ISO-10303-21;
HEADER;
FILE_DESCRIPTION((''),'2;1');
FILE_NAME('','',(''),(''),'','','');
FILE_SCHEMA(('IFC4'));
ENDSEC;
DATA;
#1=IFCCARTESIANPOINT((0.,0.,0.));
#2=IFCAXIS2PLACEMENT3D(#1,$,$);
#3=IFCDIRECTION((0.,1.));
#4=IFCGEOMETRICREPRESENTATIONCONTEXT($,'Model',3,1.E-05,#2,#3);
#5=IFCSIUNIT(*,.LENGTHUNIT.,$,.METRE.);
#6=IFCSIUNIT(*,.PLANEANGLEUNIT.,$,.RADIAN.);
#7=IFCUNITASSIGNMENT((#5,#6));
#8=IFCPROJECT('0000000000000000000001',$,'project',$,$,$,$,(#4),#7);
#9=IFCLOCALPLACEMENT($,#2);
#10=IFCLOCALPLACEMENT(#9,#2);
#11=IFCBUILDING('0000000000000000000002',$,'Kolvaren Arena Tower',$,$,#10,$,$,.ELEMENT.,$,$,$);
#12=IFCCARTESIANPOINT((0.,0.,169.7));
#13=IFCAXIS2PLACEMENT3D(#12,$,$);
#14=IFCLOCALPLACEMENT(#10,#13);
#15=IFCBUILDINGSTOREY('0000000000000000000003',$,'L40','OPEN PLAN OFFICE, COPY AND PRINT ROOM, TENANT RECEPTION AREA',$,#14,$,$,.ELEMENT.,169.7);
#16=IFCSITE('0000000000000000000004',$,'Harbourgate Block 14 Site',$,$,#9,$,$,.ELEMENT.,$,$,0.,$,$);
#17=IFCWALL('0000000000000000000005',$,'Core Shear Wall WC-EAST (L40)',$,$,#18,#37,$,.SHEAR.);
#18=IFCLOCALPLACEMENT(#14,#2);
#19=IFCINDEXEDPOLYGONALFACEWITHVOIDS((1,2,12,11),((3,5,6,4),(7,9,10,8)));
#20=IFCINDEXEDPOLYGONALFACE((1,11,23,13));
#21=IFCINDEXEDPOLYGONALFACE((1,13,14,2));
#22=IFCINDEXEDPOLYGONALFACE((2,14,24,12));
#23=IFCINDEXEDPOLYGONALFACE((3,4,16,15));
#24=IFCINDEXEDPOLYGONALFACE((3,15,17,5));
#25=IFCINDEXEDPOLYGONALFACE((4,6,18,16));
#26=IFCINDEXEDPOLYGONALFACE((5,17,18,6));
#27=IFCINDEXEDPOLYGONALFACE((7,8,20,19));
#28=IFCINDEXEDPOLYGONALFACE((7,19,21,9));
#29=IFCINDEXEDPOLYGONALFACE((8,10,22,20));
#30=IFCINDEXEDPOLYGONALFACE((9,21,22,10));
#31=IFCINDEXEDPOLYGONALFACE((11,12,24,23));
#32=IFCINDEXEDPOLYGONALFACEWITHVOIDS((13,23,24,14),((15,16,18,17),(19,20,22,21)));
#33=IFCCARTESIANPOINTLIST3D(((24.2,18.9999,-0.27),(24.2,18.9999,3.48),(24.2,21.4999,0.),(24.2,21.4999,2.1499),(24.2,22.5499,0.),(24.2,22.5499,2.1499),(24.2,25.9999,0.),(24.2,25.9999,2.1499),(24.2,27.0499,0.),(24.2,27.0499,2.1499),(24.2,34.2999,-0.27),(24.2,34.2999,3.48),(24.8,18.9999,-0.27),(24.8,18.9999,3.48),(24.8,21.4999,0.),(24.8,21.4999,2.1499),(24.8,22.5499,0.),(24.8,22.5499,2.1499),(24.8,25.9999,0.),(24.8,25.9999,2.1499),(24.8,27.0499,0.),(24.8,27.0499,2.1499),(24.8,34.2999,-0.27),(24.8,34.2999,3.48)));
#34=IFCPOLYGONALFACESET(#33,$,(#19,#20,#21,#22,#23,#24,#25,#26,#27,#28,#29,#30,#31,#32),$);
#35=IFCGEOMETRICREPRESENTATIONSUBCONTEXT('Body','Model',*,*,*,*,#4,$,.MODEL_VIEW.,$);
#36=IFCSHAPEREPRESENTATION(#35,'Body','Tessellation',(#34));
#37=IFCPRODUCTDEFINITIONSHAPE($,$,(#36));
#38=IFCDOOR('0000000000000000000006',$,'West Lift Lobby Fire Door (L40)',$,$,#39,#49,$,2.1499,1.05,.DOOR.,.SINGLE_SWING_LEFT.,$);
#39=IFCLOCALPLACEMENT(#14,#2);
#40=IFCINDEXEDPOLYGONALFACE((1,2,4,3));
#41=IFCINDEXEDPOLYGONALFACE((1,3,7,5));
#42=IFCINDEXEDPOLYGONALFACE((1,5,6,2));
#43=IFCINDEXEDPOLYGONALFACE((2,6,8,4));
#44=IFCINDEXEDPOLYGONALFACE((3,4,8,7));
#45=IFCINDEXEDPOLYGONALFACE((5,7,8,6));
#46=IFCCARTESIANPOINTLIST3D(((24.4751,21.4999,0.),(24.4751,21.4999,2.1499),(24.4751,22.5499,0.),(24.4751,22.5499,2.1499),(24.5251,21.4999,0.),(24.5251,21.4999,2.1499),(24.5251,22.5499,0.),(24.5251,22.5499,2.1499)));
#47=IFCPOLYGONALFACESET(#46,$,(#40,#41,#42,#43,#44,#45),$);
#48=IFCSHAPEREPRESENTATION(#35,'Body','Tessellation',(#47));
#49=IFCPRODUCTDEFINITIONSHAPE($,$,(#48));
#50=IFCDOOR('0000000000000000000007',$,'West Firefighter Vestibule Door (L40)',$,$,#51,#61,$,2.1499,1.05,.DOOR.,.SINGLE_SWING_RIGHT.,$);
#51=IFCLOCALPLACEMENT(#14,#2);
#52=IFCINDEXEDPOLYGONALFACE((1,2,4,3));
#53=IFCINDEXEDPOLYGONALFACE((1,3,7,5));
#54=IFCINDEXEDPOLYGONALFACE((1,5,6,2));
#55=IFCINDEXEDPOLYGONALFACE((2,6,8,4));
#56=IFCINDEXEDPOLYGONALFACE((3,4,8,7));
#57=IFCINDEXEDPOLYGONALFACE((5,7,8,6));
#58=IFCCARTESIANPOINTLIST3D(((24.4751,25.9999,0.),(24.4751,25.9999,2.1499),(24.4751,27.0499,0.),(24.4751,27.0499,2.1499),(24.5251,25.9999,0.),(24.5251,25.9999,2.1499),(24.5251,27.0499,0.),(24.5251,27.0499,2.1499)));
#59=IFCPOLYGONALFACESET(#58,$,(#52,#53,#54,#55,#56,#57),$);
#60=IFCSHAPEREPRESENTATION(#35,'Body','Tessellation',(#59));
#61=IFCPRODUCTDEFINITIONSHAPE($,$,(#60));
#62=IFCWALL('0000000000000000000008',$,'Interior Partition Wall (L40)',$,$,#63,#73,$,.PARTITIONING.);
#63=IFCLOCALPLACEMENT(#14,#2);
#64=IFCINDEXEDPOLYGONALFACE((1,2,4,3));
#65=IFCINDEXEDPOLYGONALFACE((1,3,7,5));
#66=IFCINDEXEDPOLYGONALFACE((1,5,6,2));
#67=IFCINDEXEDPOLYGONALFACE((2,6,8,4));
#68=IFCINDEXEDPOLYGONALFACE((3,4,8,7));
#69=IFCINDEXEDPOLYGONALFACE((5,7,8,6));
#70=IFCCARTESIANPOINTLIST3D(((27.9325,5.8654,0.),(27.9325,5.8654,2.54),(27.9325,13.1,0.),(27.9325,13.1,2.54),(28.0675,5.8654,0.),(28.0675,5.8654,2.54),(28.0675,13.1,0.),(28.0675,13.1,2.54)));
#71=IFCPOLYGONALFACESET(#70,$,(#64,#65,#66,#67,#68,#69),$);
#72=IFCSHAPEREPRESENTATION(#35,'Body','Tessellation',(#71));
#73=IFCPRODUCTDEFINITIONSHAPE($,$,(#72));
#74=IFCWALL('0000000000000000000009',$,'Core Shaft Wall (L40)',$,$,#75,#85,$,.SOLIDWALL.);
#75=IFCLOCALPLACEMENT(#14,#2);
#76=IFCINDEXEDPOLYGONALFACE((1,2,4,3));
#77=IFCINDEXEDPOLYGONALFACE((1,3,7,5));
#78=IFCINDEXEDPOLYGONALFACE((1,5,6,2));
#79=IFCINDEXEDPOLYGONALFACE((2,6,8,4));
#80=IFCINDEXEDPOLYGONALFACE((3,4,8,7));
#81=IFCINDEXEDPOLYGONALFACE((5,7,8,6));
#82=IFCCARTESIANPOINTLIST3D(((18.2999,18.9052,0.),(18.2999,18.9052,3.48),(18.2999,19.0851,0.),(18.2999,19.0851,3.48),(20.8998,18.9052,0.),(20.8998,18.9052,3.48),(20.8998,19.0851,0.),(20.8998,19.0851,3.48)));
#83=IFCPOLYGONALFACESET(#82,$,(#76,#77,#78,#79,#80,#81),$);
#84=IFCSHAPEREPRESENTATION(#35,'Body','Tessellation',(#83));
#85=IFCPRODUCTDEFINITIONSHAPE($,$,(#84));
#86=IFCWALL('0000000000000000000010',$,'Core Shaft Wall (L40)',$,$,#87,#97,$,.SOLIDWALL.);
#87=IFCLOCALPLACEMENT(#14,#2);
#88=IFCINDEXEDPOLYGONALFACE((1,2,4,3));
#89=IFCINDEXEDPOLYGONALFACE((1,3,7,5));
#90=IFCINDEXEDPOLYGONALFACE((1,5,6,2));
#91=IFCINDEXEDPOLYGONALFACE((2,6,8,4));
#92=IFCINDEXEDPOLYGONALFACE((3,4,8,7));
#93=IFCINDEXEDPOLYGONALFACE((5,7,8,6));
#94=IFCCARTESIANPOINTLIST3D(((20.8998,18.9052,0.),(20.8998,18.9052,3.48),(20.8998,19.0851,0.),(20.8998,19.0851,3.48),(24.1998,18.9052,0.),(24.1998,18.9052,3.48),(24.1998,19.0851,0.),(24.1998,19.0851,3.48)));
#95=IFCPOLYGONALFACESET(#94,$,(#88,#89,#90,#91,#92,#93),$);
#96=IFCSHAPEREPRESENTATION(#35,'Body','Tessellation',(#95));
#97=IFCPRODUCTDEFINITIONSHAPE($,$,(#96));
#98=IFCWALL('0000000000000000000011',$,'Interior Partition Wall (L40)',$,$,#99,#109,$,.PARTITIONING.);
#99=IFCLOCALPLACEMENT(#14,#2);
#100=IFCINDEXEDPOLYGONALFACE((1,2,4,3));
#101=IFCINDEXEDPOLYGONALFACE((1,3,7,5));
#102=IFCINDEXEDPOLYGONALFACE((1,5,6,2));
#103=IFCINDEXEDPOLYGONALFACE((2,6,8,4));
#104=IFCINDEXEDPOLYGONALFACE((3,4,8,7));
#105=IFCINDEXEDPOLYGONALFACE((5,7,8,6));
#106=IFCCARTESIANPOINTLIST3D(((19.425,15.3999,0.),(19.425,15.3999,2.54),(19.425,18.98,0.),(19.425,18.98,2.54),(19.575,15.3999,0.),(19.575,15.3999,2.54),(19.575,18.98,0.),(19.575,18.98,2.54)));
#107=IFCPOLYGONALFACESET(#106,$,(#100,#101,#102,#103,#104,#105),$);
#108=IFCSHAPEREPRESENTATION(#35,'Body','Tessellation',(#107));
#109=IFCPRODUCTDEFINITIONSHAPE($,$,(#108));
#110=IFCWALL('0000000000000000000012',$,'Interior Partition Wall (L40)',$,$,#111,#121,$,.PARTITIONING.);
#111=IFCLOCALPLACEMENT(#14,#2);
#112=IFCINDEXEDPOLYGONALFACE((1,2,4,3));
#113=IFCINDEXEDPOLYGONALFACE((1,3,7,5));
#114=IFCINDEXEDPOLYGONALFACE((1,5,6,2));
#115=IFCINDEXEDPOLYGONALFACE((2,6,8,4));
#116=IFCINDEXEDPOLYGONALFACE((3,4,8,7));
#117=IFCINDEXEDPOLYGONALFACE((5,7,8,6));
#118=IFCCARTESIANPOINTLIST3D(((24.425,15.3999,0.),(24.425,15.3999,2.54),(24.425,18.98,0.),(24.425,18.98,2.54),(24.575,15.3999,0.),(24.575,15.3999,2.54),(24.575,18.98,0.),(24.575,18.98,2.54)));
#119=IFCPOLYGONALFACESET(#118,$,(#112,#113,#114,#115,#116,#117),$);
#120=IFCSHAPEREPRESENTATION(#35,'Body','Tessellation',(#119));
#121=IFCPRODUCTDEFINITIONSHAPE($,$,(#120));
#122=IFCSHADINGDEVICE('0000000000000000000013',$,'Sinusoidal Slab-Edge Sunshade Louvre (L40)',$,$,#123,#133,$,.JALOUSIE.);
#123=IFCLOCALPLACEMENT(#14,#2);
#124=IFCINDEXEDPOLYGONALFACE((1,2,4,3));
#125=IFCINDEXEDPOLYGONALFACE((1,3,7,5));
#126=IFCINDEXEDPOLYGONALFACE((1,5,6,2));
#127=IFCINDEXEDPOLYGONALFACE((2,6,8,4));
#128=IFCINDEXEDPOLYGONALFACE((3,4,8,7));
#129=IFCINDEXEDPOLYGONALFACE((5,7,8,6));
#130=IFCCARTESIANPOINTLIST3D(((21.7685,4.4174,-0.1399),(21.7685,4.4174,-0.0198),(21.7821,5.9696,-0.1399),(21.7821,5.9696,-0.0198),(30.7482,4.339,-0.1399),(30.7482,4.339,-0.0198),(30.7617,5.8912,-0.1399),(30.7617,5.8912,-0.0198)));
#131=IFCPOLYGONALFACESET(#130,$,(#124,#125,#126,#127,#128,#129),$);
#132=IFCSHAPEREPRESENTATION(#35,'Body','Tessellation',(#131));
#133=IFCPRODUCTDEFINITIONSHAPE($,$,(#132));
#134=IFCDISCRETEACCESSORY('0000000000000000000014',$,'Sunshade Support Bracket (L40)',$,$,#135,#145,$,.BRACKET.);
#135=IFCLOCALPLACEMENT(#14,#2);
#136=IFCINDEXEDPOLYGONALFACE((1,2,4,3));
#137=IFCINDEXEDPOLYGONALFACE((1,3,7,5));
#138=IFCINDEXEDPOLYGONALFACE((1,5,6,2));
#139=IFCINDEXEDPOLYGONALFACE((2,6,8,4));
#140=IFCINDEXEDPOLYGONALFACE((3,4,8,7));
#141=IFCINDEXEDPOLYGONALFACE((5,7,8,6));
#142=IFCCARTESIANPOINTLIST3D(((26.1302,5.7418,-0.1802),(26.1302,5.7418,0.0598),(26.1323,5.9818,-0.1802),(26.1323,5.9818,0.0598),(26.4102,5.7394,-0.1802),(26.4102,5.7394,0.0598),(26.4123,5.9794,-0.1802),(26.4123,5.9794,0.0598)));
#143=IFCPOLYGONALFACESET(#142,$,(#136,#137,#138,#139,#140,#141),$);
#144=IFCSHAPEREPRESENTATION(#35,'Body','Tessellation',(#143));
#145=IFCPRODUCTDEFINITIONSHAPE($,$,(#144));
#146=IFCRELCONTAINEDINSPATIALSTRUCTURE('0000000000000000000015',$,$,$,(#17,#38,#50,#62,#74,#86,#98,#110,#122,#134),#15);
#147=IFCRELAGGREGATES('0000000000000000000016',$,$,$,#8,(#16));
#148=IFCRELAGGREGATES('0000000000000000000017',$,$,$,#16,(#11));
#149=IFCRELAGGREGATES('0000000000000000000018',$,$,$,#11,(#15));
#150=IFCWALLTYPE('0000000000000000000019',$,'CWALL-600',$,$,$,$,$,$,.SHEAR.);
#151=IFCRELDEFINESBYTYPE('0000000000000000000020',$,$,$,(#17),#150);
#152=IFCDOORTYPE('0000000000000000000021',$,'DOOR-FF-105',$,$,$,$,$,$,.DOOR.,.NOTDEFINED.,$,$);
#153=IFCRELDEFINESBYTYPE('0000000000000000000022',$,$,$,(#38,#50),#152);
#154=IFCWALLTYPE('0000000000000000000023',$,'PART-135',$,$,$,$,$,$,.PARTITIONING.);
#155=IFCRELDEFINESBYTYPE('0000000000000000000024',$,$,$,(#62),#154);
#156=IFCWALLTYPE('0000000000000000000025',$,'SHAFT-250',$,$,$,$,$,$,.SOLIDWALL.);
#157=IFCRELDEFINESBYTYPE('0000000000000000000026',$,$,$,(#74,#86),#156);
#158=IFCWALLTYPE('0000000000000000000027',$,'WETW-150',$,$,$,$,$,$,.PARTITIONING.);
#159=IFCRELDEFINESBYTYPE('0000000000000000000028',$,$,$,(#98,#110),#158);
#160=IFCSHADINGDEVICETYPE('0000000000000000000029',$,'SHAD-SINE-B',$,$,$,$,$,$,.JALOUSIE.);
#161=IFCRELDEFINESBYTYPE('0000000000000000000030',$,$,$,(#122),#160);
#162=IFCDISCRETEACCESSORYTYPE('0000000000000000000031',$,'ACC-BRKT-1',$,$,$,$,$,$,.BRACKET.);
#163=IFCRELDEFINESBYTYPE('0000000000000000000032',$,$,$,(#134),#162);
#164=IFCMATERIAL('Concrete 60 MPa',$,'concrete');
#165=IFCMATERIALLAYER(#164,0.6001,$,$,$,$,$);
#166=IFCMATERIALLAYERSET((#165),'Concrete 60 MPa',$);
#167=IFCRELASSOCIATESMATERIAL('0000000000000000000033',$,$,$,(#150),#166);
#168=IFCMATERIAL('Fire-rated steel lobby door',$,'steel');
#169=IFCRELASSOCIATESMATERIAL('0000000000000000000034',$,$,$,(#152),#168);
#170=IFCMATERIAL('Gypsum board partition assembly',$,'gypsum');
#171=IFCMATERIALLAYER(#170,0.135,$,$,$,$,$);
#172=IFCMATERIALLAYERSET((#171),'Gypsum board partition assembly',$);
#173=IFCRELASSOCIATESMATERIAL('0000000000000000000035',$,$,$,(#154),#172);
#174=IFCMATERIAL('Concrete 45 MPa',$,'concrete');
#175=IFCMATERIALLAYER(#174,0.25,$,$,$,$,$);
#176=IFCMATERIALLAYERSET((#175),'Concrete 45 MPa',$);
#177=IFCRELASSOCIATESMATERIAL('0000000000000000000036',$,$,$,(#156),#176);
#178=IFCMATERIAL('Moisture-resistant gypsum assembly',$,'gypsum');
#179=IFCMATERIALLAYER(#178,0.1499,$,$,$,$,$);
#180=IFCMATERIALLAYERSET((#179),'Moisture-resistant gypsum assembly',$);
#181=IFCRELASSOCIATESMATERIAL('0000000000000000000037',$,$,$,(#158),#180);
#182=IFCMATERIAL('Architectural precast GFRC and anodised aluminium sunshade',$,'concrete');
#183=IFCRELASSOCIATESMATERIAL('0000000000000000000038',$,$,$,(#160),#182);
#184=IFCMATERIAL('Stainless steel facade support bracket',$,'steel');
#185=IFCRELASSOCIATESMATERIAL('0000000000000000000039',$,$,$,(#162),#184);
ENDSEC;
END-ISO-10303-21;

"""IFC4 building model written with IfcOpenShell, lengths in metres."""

from ifc_helpers import new_model, si_unit, direction, frame, frame_2d, origin, origin_2d, place, context, subcontext, project, spatial, rectangle, extrude, material, layer, layer_set, type_object, element, fill, save


model = new_model("IFC4")

# Units and contexts
model_context = context("Model", 3, precision=1e-05, world=origin(), true_north=direction((0.0, 1.0)))
body_context = subcontext(model_context, "Body", "Model", "MODEL_VIEW")
ifc_project = project(units=[si_unit("LENGTHUNIT", "METRE"), si_unit("PLANEANGLEUNIT", "RADIAN")], contexts=[model_context])

# Site, building, storey
site_placement = place(None, origin())
site = spatial("IfcSite", under=ifc_project, at=site_placement, Name="Harbourgate Block 14 Site", CompositionType="ELEMENT", RefElevation=0.0)
building_placement = place(site_placement, origin())
building = spatial("IfcBuilding", under=site, at=building_placement, Name="Kolvaren Arena Tower", CompositionType="ELEMENT")
storey_placement = place(building_placement, frame((0.0, 0.0, 169.7)))
storey = spatial("IfcBuildingStorey", under=building, at=storey_placement, Name="L40", Description="OPEN PLAN OFFICE, COPY AND PRINT ROOM, TENANT RECEPTION AREA", CompositionType="ELEMENT", Elevation=169.7)

# Wall, openings, doors
ifc_material_1 = material(Name="Concrete 60 MPa", Category="concrete")
ifc_layer_1 = layer(ifc_material_1, 0.6001)
ifc_layer_set_1 = layer_set([ifc_layer_1], Name="Concrete 60 MPa")
wall_type_1 = type_object("IfcWallType", Name="CWALL-600", PredefinedType="SHEAR", material=ifc_layer_set_1)
wall_1_placement = place(storey_placement, frame((24.5, 19.0, -0.27), z_axis=(0.0, 0.0, 1.0), x_axis=(0.0, 1.0, 0.0)))
wall_1 = element("IfcWall", 1, at=wall_1_placement, inside=storey, type_object=wall_type_1, Name="Core Shear Wall WC-EAST (L40)", PredefinedType="SHEAR", context=body_context, shape_type="SweptSolid", body=[
    extrude(rectangle(XDim=15.3, YDim=0.6001, at=frame_2d((7.6499, 0.0))), origin(), (0.0, 0.0, 1.0), 3.75),
])
opening_1_placement = place(wall_1_placement, frame((2.5, 0.0, 0.27)))
opening_1 = element("IfcOpeningElement", 2, at=opening_1_placement, cuts=wall_1, PredefinedType="OPENING", context=body_context, shape_type="SweptSolid", body=[
    extrude(rectangle(XDim=1.05, YDim=2.1499, at=frame_2d((0.5249, 1.075))), frame((0.0, 0.3101, 0.0), z_axis=(0.0, -1.0, 0.0), x_axis=(1.0, 0.0, 0.0)), (0.0, 0.0, 1.0), 0.6201),
])
opening_2_placement = place(wall_1_placement, frame((7.0, 0.0, 0.27)))
opening_2 = element("IfcOpeningElement", 3, at=opening_2_placement, cuts=wall_1, PredefinedType="OPENING", context=body_context, shape_type="SweptSolid", body=[
    extrude(rectangle(XDim=1.05, YDim=2.1499, at=frame_2d((0.5249, 1.075))), frame((0.0, 0.3101, 0.0), z_axis=(0.0, -1.0, 0.0), x_axis=(1.0, 0.0, 0.0)), (0.0, 0.0, 1.0), 0.6201),
])
ifc_material_2 = material(Name="Fire-rated steel lobby door", Category="steel")
door_type_1 = type_object("IfcDoorType", Name="DOOR-FF-105", OperationType="NOTDEFINED", PredefinedType="DOOR", material=ifc_material_2)
door_1_placement = place(opening_1_placement, origin())
door_1 = element("IfcDoor", 4, at=door_1_placement, inside=storey, type_object=door_type_1, Name="West Lift Lobby Fire Door (L40)", OperationType="SINGLE_SWING_LEFT", OverallHeight=2.1499, OverallWidth=1.05, PredefinedType="DOOR", context=body_context, shape_type="SweptSolid", body=[
    extrude(rectangle(XDim=1.05, YDim=2.1499, at=frame_2d((0.5249, 1.075))), frame((0.0, 0.0249, 0.0), z_axis=(0.0, -1.0, 0.0), x_axis=(1.0, 0.0, 0.0)), (0.0, 0.0, 1.0), 0.05),
])
fill(opening_1, door_1)
door_2_placement = place(opening_2_placement, origin())
door_2 = element("IfcDoor", 5, at=door_2_placement, inside=storey, type_object=door_type_1, Name="West Firefighter Vestibule Door (L40)", OperationType="SINGLE_SWING_RIGHT", OverallHeight=2.1499, OverallWidth=1.05, PredefinedType="DOOR", context=body_context, shape_type="SweptSolid", body=[
    extrude(rectangle(XDim=1.05, YDim=2.1499, at=frame_2d((0.5249, 1.075))), frame((0.0, 0.0249, 0.0), z_axis=(0.0, -1.0, 0.0), x_axis=(1.0, 0.0, 0.0)), (0.0, 0.0, 1.0), 0.05),
])
fill(opening_2, door_2)

# Walls
ifc_material_3 = material(Name="Gypsum board partition assembly", Category="gypsum")
ifc_layer_2 = layer(ifc_material_3, 0.135)
ifc_layer_set_2 = layer_set([ifc_layer_2], Name="Gypsum board partition assembly")
wall_type_2 = type_object("IfcWallType", Name="PART-135", PredefinedType="PARTITIONING", material=ifc_layer_set_2)
wall_2_placement = place(storey_placement, frame((28.0, 5.8655, 0.0), z_axis=(0.0, 0.0, 1.0), x_axis=(0.0, 1.0, 0.0)))
element("IfcWall", 6, at=wall_2_placement, inside=storey, type_object=wall_type_2, Name="Interior Partition Wall (L40)", PredefinedType="PARTITIONING", context=body_context, shape_type="SweptSolid", body=[
    extrude(rectangle(XDim=7.2346, YDim=0.135, at=frame_2d((3.6172, 0.0))), origin(), (0.0, 0.0, 1.0), 2.54),
])
ifc_material_4 = material(Name="Concrete 45 MPa", Category="concrete")
ifc_layer_3 = layer(ifc_material_4, 0.25)
ifc_layer_set_3 = layer_set([ifc_layer_3], Name="Concrete 45 MPa")
wall_type_3 = type_object("IfcWallType", Name="SHAFT-250", PredefinedType="SOLIDWALL", material=ifc_layer_set_3)
wall_3_placement = place(storey_placement, frame((18.3, 18.9951, 0.0), z_axis=(0.0, 0.0, 1.0), x_axis=(1.0, 0.0, 0.0)))
element("IfcWall", 7, at=wall_3_placement, inside=storey, type_object=wall_type_3, Name="Core Shaft Wall (L40)", PredefinedType="SOLIDWALL", context=body_context, shape_type="SweptSolid", body=[
    extrude(rectangle(XDim=2.5999, YDim=0.1799, at=frame_2d((1.2998, 0.0))), origin(), (0.0, 0.0, 1.0), 3.48),
])
wall_4_placement = place(storey_placement, frame((20.8999, 18.9951, 0.0), z_axis=(0.0, 0.0, 1.0), x_axis=(1.0, 0.0, 0.0)))
element("IfcWall", 8, at=wall_4_placement, inside=storey, type_object=wall_type_3, Name="Core Shaft Wall (L40)", PredefinedType="SOLIDWALL", context=body_context, shape_type="SweptSolid", body=[
    extrude(rectangle(XDim=3.3, YDim=0.1799, at=frame_2d((1.6499, 0.0))), origin(), (0.0, 0.0, 1.0), 3.48),
])
ifc_material_5 = material(Name="Moisture-resistant gypsum assembly", Category="gypsum")
ifc_layer_4 = layer(ifc_material_5, 0.1499)
ifc_layer_set_4 = layer_set([ifc_layer_4], Name="Moisture-resistant gypsum assembly")
wall_type_4 = type_object("IfcWallType", Name="WETW-150", PredefinedType="PARTITIONING", material=ifc_layer_set_4)
for number, where, z_axis, x_axis, name in (
    (9, (19.5, 15.3999, 0.0), (0.0, 0.0, 1.0), (0.0, 1.0, 0.0), "Interior Partition Wall (L40)"),
    (10, (24.5, 15.3999, 0.0), (0.0, 0.0, 1.0), (0.0, 1.0, 0.0), "Interior Partition Wall (L40)"),
):
    element("IfcWall", number, at=place(storey_placement, frame(where, z_axis=z_axis, x_axis=x_axis)), inside=storey, type_object=wall_type_4, Name=name, PredefinedType="PARTITIONING", context=body_context, shape_type="SweptSolid", body=[
        extrude(rectangle(XDim=3.5801, YDim=0.1499, at=frame_2d((1.79, 0.0))), origin(), (0.0, 0.0, 1.0), 2.54),
    ])

# Shading device
ifc_material_6 = material(Name="Architectural precast GFRC and anodised aluminium sunshade", Category="concrete")
shading_device_type = type_object("IfcShadingDeviceType", Name="SHAD-SINE-B", PredefinedType="JALOUSIE", material=ifc_material_6)
shading_device_placement = place(storey_placement, frame((26.2651, 5.1543, -0.1399), z_axis=(0.0, 0.0, 1.0), x_axis=(-0.999962, 0.008727, 0.0)))
element("IfcShadingDevice", 11, at=shading_device_placement, inside=storey, type_object=shading_device_type, Name="Sinusoidal Slab-Edge Sunshade Louvre (L40)", PredefinedType="JALOUSIE", context=body_context, shape_type="SweptSolid", body=[
    extrude(rectangle(XDim=8.98, YDim=1.5522, at=origin_2d()), origin(), (0.0, 0.0, 1.0), 0.1201),
])

# Discrete accessory
ifc_material_7 = material(Name="Stainless steel facade support bracket", Category="steel")
discrete_accessory_type = type_object("IfcDiscreteAccessoryType", Name="ACC-BRKT-1", PredefinedType="BRACKET", material=ifc_material_7)
discrete_accessory_placement = place(storey_placement, frame((26.2712, 5.8606, -0.1802), z_axis=(0.0, 0.0, 1.0), x_axis=(-0.999962, 0.008727, 0.0)))
element("IfcDiscreteAccessory", 12, at=discrete_accessory_placement, inside=storey, type_object=discrete_accessory_type, Name="Sunshade Support Bracket (L40)", PredefinedType="BRACKET", context=body_context, shape_type="SweptSolid", body=[
    extrude(rectangle(XDim=0.28, YDim=0.24, at=origin_2d()), origin(), (0.0, 0.0, 1.0), 0.24),
])

save(model, "model.ifc")
